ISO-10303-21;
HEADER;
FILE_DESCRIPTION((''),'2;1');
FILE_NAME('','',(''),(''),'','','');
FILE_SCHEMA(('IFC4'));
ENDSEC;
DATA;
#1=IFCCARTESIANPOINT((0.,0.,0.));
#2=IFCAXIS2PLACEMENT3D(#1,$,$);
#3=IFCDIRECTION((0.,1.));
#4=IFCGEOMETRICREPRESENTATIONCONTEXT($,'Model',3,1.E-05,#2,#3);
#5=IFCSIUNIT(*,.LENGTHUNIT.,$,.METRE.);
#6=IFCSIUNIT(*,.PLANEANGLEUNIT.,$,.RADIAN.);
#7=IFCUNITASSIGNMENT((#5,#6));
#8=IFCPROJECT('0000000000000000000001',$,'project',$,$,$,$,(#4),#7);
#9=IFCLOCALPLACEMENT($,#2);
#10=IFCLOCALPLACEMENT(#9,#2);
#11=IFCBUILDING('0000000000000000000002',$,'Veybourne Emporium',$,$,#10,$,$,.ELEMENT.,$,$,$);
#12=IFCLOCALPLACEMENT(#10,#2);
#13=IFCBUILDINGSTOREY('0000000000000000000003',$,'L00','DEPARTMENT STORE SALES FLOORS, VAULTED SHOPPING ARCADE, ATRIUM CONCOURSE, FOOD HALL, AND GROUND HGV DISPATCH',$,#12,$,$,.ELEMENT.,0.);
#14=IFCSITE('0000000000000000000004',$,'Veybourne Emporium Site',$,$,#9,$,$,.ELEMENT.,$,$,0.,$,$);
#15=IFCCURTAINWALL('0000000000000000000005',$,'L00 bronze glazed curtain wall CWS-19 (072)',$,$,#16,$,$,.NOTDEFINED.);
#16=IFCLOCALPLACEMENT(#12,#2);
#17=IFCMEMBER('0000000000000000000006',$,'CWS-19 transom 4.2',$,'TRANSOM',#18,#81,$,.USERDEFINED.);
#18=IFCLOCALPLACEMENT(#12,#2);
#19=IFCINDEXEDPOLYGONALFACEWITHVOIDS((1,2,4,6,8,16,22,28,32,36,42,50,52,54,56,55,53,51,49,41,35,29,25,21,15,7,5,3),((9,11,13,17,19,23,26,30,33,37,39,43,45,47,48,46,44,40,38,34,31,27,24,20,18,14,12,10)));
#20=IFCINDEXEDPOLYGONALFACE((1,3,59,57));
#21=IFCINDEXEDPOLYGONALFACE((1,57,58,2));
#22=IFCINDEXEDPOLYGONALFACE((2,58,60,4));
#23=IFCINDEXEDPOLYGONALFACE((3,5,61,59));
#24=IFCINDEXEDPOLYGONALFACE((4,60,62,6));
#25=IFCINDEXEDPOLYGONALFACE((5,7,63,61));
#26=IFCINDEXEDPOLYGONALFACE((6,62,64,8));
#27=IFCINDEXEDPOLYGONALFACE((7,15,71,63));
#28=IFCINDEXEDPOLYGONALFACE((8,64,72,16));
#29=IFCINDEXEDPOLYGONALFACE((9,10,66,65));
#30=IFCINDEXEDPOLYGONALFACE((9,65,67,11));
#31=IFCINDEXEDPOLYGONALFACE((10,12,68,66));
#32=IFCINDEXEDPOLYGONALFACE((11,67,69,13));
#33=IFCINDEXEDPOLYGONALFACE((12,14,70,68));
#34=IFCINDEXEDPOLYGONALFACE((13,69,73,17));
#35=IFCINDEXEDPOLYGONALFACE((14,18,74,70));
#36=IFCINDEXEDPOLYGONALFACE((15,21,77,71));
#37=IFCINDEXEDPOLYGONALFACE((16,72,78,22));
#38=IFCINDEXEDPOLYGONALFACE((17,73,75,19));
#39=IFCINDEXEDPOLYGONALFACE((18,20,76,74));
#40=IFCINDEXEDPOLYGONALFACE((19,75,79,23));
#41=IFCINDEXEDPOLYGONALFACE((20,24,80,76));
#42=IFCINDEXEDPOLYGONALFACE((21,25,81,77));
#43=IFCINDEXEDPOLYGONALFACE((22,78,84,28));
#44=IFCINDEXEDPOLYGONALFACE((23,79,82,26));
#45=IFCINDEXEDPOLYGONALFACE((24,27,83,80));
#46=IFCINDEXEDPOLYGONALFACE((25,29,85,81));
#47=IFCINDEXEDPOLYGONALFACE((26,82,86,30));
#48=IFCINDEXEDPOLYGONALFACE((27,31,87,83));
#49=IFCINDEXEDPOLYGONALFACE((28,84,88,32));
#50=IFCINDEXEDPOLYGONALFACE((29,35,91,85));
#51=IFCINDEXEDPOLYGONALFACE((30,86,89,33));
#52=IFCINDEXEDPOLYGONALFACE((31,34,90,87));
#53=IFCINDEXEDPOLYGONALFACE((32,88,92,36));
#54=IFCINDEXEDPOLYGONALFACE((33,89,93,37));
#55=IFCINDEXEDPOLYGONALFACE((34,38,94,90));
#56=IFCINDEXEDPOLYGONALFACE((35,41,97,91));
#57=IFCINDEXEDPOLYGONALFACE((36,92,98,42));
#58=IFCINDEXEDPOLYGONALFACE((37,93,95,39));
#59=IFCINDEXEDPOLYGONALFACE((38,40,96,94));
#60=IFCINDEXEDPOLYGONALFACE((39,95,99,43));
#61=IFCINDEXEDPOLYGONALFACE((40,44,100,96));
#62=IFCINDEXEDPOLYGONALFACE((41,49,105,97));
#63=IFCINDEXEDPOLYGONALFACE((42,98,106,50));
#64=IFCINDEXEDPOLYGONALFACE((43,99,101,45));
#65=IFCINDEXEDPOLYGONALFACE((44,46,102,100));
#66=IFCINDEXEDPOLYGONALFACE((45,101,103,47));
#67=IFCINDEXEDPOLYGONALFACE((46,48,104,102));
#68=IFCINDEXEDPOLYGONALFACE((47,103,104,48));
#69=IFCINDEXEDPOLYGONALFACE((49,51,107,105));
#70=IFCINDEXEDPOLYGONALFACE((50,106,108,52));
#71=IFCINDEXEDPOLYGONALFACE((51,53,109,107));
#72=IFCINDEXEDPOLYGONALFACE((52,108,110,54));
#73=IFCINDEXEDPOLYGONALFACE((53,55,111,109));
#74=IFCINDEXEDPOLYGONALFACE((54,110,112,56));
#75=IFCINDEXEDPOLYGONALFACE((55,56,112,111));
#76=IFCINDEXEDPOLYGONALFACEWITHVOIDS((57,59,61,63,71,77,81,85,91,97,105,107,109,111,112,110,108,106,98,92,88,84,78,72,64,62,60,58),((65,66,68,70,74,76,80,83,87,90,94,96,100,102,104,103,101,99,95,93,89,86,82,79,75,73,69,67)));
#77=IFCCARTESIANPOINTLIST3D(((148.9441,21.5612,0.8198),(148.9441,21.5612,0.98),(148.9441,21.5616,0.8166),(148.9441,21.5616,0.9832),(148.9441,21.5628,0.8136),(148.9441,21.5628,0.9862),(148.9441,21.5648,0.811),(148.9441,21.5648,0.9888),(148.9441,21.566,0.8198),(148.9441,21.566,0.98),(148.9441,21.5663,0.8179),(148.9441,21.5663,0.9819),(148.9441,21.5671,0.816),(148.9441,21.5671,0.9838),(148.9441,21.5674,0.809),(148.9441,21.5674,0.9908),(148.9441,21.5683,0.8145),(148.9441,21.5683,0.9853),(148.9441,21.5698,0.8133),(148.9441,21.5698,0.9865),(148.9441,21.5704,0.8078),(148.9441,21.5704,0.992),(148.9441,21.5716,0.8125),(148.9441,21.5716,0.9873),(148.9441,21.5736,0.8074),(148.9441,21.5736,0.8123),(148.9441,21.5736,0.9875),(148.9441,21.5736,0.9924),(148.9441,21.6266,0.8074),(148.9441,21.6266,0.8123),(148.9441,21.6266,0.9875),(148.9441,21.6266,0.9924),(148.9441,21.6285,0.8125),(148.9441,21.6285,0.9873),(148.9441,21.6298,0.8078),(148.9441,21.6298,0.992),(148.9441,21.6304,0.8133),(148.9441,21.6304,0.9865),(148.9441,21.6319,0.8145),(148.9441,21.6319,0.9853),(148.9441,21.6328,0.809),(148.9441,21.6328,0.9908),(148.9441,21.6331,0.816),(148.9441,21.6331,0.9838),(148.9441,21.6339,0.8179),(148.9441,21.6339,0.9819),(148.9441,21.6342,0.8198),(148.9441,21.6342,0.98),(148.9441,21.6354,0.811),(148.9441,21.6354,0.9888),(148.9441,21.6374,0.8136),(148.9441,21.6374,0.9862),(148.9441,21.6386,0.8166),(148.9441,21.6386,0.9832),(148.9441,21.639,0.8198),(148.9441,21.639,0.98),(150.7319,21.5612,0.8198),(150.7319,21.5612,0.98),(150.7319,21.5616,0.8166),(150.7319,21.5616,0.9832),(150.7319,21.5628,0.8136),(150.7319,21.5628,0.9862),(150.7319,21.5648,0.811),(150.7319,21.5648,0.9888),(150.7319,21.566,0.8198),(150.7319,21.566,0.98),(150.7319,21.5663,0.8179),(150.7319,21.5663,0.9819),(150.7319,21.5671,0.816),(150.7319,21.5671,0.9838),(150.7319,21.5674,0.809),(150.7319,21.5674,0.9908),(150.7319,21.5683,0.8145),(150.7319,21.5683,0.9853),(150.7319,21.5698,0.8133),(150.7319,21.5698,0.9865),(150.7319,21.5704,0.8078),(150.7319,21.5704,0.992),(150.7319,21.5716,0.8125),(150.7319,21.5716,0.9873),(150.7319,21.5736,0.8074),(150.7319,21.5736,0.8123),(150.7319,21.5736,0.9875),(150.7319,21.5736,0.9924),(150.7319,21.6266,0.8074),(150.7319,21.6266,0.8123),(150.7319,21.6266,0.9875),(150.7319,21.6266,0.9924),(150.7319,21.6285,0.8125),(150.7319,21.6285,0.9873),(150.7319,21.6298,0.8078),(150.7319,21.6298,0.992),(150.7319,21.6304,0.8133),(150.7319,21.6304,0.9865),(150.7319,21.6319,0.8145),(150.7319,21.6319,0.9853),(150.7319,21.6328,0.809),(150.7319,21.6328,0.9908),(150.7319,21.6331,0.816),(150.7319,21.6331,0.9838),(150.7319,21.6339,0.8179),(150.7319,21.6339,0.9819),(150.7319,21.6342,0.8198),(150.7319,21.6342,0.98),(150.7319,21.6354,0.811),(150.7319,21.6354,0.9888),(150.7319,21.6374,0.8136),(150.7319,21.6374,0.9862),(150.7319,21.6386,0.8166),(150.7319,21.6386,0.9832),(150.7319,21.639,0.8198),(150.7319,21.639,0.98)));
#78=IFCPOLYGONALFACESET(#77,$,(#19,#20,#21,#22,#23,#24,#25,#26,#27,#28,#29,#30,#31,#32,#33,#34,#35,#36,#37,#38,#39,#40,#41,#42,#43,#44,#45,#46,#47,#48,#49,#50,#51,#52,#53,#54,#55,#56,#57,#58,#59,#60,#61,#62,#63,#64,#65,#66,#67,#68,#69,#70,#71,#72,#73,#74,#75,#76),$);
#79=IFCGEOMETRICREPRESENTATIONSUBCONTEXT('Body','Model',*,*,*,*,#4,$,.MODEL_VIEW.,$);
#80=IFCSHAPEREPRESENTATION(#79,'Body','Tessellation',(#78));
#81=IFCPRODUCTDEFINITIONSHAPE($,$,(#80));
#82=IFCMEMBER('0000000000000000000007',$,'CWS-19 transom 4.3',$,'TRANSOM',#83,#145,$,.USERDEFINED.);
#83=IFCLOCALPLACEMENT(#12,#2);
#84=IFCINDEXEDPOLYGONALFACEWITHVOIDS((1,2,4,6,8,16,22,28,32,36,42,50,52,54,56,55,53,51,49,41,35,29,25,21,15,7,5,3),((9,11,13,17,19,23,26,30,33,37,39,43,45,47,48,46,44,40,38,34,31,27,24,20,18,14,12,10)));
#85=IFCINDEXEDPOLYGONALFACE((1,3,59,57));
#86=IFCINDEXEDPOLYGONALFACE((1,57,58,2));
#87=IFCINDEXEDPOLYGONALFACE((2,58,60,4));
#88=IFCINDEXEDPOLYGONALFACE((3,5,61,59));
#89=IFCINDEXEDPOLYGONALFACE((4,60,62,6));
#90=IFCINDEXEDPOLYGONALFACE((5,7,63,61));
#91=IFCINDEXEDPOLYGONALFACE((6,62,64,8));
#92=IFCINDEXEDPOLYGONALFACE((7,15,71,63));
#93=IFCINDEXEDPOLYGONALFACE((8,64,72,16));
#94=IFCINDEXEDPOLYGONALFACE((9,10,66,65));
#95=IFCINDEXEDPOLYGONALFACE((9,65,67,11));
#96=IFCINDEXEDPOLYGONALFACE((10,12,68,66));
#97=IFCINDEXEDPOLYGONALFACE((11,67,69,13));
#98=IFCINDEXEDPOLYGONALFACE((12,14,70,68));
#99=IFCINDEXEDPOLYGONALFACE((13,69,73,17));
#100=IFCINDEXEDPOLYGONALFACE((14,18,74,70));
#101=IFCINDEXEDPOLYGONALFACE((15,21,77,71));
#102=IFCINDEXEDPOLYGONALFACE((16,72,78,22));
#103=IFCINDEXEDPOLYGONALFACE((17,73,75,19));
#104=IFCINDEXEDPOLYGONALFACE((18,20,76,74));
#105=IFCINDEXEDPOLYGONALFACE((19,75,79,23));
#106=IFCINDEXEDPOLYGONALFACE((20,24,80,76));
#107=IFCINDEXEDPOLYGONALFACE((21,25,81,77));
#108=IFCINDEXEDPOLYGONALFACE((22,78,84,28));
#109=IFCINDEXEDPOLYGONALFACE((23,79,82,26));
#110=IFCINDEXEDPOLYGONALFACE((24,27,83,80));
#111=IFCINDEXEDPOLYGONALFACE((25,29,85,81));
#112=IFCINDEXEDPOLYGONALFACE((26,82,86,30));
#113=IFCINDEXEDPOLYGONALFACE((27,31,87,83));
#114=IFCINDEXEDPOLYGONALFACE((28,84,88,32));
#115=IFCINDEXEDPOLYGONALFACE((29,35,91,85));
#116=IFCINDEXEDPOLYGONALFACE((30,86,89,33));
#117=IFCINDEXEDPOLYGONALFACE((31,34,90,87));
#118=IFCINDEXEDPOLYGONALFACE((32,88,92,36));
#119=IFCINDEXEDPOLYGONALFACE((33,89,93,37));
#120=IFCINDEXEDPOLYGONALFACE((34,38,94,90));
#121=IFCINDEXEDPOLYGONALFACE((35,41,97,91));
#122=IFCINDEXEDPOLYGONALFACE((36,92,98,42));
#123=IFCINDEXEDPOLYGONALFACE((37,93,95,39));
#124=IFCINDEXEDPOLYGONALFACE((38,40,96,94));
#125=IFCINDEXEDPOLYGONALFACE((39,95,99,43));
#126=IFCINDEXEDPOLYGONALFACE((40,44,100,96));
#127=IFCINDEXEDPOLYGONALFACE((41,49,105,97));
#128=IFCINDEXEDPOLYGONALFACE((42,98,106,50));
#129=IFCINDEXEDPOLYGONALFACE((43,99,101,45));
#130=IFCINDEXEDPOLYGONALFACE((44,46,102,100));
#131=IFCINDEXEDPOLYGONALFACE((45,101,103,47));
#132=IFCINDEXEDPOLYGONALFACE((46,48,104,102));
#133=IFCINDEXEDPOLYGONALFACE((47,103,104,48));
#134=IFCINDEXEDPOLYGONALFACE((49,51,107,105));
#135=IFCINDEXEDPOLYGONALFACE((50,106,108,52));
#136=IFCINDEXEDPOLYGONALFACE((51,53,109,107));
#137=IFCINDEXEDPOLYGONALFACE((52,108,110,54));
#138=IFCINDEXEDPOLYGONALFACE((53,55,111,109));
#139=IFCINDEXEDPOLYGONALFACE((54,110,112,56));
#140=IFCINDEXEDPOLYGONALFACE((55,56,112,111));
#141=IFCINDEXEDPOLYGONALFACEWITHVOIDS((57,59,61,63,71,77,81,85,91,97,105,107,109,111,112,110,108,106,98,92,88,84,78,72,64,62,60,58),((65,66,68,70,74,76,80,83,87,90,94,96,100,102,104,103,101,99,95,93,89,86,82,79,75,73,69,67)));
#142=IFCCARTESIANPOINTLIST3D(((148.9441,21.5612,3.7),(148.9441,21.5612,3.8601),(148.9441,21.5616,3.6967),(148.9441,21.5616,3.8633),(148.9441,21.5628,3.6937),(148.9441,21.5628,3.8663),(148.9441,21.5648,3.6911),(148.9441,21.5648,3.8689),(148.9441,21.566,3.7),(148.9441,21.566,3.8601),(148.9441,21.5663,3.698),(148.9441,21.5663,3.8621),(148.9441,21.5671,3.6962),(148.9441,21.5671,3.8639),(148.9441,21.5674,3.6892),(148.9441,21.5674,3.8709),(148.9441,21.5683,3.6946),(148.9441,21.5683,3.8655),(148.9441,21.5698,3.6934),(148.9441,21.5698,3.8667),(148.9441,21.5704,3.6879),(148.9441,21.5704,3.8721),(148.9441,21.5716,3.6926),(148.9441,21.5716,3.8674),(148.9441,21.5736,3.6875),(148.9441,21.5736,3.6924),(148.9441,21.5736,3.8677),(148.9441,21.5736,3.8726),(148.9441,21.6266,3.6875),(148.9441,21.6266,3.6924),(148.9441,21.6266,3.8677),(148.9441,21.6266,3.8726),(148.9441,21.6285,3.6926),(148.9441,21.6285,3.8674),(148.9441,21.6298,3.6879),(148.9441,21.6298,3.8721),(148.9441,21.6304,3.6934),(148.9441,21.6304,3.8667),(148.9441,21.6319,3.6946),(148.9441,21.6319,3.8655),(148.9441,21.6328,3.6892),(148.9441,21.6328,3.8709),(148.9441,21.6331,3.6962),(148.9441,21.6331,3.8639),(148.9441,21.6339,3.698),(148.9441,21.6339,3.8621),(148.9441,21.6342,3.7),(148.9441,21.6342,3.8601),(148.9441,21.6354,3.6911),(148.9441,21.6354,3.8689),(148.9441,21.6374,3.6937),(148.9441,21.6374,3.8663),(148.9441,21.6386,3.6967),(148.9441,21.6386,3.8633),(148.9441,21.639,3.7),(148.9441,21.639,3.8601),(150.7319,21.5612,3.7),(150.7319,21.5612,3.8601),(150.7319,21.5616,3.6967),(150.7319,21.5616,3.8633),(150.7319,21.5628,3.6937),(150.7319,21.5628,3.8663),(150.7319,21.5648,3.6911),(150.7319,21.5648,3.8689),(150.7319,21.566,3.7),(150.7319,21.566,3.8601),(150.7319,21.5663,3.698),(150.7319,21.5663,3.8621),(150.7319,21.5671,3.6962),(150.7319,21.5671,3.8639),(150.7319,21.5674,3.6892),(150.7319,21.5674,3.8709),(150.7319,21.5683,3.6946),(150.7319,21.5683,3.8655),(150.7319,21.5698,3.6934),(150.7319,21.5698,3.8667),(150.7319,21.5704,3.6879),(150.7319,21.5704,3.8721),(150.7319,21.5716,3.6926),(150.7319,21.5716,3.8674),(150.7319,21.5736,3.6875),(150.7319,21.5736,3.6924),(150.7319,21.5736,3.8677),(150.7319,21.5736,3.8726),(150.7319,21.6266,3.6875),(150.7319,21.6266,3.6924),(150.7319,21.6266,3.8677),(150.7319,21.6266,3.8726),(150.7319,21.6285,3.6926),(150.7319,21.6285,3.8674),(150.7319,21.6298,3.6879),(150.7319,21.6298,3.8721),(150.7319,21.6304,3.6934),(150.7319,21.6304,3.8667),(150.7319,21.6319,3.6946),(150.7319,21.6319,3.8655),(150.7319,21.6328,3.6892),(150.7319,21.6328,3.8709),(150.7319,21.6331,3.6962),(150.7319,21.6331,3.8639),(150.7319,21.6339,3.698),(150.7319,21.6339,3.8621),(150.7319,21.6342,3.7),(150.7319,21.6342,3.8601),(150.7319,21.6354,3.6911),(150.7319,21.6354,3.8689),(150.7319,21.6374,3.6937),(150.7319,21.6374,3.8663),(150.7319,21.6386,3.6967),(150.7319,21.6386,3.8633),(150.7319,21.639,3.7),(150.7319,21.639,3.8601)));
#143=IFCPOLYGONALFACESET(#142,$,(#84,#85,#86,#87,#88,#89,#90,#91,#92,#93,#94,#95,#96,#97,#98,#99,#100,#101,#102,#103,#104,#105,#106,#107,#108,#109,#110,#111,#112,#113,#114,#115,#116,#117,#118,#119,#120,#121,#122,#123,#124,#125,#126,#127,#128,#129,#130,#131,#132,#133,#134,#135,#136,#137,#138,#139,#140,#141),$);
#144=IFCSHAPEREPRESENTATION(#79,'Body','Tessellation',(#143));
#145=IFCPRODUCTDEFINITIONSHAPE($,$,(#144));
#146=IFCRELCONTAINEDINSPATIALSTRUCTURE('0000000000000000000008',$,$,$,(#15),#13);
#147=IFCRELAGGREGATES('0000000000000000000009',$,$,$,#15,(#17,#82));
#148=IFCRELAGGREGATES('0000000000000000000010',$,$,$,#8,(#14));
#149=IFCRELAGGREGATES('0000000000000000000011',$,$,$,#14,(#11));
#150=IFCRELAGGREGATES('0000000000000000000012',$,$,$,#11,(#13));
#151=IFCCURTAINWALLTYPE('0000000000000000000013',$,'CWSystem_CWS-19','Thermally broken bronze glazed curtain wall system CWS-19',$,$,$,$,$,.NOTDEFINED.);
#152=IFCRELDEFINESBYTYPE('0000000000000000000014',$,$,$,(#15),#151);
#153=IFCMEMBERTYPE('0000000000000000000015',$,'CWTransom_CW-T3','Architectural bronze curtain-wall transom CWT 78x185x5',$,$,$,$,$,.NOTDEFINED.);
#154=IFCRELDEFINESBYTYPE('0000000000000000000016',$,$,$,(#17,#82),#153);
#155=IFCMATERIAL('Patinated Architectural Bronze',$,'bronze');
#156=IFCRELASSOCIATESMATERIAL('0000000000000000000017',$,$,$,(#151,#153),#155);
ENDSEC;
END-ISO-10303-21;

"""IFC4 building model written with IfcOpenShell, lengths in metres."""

from ifc_helpers import new_model, si_unit, direction, frame, origin, origin_2d, place, context, subcontext, project, spatial, hollow_rectangle, extrude, material, material_profile, profile_set, type_object, element, aggregate, save


model = new_model("IFC4")

# Units and contexts
model_context = context("Model", 3, precision=1e-05, world=origin(), true_north=direction((0.0, 1.0)))
body_context = subcontext(model_context, "Body", "Model", "MODEL_VIEW")
ifc_project = project(units=[si_unit("LENGTHUNIT", "METRE"), si_unit("PLANEANGLEUNIT", "RADIAN")], contexts=[model_context])

# Site, building, storey
site_placement = place(None, origin())
site = spatial("IfcSite", under=ifc_project, at=site_placement, Name="Veybourne Emporium Site", CompositionType="ELEMENT", RefElevation=0.0)
building_placement = place(site_placement, origin())
building = spatial("IfcBuilding", under=site, at=building_placement, Name="Veybourne Emporium", CompositionType="ELEMENT")
storey_placement = place(building_placement, origin())
storey = spatial("IfcBuildingStorey", under=building, at=storey_placement, Name="L00", Description="DEPARTMENT STORE SALES FLOORS, VAULTED SHOPPING ARCADE, ATRIUM CONCOURSE, FOOD HALL, AND GROUND HGV DISPATCH", CompositionType="ELEMENT", Elevation=0.0)

# Curtain wall
ifc_material_1 = material(Name="Patinated Architectural Bronze", Category="bronze")
curtain_wall_type_1 = type_object("IfcCurtainWallType", Name="CWSystem_CWS-19", Description="Thermally broken bronze glazed curtain wall system CWS-19", PredefinedType="NOTDEFINED", material=ifc_material_1)
curtain_wall_1_placement = place(storey_placement, origin())
curtain_wall_1 = element("IfcCurtainWall", 1, at=curtain_wall_1_placement, inside=storey, type_object=curtain_wall_type_1, Name="L00 bronze glazed curtain wall CWS-19 (072)", PredefinedType="NOTDEFINED")

# Members
ifc_material_profile_1 = material_profile(ifc_material_1, hollow_rectangle(XDim=0.0779, YDim=0.1851, WallThickness=0.0049, InnerFilletRadius=0.0076, OuterFilletRadius=0.0125, at=origin_2d()), Name="CWT 78x185x5")
ifc_profile_set_1 = profile_set([ifc_material_profile_1], Name="Patinated Architectural Bronze")
member_type_1 = type_object("IfcMemberType", Name="CWTransom_CW-T3", Description="Architectural bronze curtain-wall transom CWT 78x185x5", PredefinedType="NOTDEFINED", material=ifc_profile_set_1)
member_1_placement = place(storey_placement, frame((148.9441, 21.6001, 0.8999), z_axis=(1.0, 0.0, 0.0), x_axis=(0.0, 1.0, 0.0)))
member_1 = element("IfcMember", 2, at=member_1_placement, type_object=member_type_1, Name="CWS-19 transom 4.2", ObjectType="TRANSOM", PredefinedType="USERDEFINED", context=body_context, shape_type="SweptSolid", body=[
    extrude(hollow_rectangle(XDim=0.0779, YDim=0.1851, WallThickness=0.0049, InnerFilletRadius=0.0076, OuterFilletRadius=0.0125, at=origin_2d()), origin(), (0.0, 0.0, 1.0), 1.7878),
])
member_2_placement = place(storey_placement, frame((148.9441, 21.6001, 3.78), z_axis=(1.0, 0.0, 0.0), x_axis=(0.0, 1.0, 0.0)))
member_2 = element("IfcMember", 3, at=member_2_placement, type_object=member_type_1, Name="CWS-19 transom 4.3", ObjectType="TRANSOM", PredefinedType="USERDEFINED", context=body_context, shape_type="SweptSolid", body=[
    extrude(hollow_rectangle(XDim=0.0779, YDim=0.1851, WallThickness=0.0049, InnerFilletRadius=0.0076, OuterFilletRadius=0.0125, at=origin_2d()), origin(), (0.0, 0.0, 1.0), 1.7878),
])

aggregate(curtain_wall_1, [member_1, member_2])

save(model, "model.ifc")
